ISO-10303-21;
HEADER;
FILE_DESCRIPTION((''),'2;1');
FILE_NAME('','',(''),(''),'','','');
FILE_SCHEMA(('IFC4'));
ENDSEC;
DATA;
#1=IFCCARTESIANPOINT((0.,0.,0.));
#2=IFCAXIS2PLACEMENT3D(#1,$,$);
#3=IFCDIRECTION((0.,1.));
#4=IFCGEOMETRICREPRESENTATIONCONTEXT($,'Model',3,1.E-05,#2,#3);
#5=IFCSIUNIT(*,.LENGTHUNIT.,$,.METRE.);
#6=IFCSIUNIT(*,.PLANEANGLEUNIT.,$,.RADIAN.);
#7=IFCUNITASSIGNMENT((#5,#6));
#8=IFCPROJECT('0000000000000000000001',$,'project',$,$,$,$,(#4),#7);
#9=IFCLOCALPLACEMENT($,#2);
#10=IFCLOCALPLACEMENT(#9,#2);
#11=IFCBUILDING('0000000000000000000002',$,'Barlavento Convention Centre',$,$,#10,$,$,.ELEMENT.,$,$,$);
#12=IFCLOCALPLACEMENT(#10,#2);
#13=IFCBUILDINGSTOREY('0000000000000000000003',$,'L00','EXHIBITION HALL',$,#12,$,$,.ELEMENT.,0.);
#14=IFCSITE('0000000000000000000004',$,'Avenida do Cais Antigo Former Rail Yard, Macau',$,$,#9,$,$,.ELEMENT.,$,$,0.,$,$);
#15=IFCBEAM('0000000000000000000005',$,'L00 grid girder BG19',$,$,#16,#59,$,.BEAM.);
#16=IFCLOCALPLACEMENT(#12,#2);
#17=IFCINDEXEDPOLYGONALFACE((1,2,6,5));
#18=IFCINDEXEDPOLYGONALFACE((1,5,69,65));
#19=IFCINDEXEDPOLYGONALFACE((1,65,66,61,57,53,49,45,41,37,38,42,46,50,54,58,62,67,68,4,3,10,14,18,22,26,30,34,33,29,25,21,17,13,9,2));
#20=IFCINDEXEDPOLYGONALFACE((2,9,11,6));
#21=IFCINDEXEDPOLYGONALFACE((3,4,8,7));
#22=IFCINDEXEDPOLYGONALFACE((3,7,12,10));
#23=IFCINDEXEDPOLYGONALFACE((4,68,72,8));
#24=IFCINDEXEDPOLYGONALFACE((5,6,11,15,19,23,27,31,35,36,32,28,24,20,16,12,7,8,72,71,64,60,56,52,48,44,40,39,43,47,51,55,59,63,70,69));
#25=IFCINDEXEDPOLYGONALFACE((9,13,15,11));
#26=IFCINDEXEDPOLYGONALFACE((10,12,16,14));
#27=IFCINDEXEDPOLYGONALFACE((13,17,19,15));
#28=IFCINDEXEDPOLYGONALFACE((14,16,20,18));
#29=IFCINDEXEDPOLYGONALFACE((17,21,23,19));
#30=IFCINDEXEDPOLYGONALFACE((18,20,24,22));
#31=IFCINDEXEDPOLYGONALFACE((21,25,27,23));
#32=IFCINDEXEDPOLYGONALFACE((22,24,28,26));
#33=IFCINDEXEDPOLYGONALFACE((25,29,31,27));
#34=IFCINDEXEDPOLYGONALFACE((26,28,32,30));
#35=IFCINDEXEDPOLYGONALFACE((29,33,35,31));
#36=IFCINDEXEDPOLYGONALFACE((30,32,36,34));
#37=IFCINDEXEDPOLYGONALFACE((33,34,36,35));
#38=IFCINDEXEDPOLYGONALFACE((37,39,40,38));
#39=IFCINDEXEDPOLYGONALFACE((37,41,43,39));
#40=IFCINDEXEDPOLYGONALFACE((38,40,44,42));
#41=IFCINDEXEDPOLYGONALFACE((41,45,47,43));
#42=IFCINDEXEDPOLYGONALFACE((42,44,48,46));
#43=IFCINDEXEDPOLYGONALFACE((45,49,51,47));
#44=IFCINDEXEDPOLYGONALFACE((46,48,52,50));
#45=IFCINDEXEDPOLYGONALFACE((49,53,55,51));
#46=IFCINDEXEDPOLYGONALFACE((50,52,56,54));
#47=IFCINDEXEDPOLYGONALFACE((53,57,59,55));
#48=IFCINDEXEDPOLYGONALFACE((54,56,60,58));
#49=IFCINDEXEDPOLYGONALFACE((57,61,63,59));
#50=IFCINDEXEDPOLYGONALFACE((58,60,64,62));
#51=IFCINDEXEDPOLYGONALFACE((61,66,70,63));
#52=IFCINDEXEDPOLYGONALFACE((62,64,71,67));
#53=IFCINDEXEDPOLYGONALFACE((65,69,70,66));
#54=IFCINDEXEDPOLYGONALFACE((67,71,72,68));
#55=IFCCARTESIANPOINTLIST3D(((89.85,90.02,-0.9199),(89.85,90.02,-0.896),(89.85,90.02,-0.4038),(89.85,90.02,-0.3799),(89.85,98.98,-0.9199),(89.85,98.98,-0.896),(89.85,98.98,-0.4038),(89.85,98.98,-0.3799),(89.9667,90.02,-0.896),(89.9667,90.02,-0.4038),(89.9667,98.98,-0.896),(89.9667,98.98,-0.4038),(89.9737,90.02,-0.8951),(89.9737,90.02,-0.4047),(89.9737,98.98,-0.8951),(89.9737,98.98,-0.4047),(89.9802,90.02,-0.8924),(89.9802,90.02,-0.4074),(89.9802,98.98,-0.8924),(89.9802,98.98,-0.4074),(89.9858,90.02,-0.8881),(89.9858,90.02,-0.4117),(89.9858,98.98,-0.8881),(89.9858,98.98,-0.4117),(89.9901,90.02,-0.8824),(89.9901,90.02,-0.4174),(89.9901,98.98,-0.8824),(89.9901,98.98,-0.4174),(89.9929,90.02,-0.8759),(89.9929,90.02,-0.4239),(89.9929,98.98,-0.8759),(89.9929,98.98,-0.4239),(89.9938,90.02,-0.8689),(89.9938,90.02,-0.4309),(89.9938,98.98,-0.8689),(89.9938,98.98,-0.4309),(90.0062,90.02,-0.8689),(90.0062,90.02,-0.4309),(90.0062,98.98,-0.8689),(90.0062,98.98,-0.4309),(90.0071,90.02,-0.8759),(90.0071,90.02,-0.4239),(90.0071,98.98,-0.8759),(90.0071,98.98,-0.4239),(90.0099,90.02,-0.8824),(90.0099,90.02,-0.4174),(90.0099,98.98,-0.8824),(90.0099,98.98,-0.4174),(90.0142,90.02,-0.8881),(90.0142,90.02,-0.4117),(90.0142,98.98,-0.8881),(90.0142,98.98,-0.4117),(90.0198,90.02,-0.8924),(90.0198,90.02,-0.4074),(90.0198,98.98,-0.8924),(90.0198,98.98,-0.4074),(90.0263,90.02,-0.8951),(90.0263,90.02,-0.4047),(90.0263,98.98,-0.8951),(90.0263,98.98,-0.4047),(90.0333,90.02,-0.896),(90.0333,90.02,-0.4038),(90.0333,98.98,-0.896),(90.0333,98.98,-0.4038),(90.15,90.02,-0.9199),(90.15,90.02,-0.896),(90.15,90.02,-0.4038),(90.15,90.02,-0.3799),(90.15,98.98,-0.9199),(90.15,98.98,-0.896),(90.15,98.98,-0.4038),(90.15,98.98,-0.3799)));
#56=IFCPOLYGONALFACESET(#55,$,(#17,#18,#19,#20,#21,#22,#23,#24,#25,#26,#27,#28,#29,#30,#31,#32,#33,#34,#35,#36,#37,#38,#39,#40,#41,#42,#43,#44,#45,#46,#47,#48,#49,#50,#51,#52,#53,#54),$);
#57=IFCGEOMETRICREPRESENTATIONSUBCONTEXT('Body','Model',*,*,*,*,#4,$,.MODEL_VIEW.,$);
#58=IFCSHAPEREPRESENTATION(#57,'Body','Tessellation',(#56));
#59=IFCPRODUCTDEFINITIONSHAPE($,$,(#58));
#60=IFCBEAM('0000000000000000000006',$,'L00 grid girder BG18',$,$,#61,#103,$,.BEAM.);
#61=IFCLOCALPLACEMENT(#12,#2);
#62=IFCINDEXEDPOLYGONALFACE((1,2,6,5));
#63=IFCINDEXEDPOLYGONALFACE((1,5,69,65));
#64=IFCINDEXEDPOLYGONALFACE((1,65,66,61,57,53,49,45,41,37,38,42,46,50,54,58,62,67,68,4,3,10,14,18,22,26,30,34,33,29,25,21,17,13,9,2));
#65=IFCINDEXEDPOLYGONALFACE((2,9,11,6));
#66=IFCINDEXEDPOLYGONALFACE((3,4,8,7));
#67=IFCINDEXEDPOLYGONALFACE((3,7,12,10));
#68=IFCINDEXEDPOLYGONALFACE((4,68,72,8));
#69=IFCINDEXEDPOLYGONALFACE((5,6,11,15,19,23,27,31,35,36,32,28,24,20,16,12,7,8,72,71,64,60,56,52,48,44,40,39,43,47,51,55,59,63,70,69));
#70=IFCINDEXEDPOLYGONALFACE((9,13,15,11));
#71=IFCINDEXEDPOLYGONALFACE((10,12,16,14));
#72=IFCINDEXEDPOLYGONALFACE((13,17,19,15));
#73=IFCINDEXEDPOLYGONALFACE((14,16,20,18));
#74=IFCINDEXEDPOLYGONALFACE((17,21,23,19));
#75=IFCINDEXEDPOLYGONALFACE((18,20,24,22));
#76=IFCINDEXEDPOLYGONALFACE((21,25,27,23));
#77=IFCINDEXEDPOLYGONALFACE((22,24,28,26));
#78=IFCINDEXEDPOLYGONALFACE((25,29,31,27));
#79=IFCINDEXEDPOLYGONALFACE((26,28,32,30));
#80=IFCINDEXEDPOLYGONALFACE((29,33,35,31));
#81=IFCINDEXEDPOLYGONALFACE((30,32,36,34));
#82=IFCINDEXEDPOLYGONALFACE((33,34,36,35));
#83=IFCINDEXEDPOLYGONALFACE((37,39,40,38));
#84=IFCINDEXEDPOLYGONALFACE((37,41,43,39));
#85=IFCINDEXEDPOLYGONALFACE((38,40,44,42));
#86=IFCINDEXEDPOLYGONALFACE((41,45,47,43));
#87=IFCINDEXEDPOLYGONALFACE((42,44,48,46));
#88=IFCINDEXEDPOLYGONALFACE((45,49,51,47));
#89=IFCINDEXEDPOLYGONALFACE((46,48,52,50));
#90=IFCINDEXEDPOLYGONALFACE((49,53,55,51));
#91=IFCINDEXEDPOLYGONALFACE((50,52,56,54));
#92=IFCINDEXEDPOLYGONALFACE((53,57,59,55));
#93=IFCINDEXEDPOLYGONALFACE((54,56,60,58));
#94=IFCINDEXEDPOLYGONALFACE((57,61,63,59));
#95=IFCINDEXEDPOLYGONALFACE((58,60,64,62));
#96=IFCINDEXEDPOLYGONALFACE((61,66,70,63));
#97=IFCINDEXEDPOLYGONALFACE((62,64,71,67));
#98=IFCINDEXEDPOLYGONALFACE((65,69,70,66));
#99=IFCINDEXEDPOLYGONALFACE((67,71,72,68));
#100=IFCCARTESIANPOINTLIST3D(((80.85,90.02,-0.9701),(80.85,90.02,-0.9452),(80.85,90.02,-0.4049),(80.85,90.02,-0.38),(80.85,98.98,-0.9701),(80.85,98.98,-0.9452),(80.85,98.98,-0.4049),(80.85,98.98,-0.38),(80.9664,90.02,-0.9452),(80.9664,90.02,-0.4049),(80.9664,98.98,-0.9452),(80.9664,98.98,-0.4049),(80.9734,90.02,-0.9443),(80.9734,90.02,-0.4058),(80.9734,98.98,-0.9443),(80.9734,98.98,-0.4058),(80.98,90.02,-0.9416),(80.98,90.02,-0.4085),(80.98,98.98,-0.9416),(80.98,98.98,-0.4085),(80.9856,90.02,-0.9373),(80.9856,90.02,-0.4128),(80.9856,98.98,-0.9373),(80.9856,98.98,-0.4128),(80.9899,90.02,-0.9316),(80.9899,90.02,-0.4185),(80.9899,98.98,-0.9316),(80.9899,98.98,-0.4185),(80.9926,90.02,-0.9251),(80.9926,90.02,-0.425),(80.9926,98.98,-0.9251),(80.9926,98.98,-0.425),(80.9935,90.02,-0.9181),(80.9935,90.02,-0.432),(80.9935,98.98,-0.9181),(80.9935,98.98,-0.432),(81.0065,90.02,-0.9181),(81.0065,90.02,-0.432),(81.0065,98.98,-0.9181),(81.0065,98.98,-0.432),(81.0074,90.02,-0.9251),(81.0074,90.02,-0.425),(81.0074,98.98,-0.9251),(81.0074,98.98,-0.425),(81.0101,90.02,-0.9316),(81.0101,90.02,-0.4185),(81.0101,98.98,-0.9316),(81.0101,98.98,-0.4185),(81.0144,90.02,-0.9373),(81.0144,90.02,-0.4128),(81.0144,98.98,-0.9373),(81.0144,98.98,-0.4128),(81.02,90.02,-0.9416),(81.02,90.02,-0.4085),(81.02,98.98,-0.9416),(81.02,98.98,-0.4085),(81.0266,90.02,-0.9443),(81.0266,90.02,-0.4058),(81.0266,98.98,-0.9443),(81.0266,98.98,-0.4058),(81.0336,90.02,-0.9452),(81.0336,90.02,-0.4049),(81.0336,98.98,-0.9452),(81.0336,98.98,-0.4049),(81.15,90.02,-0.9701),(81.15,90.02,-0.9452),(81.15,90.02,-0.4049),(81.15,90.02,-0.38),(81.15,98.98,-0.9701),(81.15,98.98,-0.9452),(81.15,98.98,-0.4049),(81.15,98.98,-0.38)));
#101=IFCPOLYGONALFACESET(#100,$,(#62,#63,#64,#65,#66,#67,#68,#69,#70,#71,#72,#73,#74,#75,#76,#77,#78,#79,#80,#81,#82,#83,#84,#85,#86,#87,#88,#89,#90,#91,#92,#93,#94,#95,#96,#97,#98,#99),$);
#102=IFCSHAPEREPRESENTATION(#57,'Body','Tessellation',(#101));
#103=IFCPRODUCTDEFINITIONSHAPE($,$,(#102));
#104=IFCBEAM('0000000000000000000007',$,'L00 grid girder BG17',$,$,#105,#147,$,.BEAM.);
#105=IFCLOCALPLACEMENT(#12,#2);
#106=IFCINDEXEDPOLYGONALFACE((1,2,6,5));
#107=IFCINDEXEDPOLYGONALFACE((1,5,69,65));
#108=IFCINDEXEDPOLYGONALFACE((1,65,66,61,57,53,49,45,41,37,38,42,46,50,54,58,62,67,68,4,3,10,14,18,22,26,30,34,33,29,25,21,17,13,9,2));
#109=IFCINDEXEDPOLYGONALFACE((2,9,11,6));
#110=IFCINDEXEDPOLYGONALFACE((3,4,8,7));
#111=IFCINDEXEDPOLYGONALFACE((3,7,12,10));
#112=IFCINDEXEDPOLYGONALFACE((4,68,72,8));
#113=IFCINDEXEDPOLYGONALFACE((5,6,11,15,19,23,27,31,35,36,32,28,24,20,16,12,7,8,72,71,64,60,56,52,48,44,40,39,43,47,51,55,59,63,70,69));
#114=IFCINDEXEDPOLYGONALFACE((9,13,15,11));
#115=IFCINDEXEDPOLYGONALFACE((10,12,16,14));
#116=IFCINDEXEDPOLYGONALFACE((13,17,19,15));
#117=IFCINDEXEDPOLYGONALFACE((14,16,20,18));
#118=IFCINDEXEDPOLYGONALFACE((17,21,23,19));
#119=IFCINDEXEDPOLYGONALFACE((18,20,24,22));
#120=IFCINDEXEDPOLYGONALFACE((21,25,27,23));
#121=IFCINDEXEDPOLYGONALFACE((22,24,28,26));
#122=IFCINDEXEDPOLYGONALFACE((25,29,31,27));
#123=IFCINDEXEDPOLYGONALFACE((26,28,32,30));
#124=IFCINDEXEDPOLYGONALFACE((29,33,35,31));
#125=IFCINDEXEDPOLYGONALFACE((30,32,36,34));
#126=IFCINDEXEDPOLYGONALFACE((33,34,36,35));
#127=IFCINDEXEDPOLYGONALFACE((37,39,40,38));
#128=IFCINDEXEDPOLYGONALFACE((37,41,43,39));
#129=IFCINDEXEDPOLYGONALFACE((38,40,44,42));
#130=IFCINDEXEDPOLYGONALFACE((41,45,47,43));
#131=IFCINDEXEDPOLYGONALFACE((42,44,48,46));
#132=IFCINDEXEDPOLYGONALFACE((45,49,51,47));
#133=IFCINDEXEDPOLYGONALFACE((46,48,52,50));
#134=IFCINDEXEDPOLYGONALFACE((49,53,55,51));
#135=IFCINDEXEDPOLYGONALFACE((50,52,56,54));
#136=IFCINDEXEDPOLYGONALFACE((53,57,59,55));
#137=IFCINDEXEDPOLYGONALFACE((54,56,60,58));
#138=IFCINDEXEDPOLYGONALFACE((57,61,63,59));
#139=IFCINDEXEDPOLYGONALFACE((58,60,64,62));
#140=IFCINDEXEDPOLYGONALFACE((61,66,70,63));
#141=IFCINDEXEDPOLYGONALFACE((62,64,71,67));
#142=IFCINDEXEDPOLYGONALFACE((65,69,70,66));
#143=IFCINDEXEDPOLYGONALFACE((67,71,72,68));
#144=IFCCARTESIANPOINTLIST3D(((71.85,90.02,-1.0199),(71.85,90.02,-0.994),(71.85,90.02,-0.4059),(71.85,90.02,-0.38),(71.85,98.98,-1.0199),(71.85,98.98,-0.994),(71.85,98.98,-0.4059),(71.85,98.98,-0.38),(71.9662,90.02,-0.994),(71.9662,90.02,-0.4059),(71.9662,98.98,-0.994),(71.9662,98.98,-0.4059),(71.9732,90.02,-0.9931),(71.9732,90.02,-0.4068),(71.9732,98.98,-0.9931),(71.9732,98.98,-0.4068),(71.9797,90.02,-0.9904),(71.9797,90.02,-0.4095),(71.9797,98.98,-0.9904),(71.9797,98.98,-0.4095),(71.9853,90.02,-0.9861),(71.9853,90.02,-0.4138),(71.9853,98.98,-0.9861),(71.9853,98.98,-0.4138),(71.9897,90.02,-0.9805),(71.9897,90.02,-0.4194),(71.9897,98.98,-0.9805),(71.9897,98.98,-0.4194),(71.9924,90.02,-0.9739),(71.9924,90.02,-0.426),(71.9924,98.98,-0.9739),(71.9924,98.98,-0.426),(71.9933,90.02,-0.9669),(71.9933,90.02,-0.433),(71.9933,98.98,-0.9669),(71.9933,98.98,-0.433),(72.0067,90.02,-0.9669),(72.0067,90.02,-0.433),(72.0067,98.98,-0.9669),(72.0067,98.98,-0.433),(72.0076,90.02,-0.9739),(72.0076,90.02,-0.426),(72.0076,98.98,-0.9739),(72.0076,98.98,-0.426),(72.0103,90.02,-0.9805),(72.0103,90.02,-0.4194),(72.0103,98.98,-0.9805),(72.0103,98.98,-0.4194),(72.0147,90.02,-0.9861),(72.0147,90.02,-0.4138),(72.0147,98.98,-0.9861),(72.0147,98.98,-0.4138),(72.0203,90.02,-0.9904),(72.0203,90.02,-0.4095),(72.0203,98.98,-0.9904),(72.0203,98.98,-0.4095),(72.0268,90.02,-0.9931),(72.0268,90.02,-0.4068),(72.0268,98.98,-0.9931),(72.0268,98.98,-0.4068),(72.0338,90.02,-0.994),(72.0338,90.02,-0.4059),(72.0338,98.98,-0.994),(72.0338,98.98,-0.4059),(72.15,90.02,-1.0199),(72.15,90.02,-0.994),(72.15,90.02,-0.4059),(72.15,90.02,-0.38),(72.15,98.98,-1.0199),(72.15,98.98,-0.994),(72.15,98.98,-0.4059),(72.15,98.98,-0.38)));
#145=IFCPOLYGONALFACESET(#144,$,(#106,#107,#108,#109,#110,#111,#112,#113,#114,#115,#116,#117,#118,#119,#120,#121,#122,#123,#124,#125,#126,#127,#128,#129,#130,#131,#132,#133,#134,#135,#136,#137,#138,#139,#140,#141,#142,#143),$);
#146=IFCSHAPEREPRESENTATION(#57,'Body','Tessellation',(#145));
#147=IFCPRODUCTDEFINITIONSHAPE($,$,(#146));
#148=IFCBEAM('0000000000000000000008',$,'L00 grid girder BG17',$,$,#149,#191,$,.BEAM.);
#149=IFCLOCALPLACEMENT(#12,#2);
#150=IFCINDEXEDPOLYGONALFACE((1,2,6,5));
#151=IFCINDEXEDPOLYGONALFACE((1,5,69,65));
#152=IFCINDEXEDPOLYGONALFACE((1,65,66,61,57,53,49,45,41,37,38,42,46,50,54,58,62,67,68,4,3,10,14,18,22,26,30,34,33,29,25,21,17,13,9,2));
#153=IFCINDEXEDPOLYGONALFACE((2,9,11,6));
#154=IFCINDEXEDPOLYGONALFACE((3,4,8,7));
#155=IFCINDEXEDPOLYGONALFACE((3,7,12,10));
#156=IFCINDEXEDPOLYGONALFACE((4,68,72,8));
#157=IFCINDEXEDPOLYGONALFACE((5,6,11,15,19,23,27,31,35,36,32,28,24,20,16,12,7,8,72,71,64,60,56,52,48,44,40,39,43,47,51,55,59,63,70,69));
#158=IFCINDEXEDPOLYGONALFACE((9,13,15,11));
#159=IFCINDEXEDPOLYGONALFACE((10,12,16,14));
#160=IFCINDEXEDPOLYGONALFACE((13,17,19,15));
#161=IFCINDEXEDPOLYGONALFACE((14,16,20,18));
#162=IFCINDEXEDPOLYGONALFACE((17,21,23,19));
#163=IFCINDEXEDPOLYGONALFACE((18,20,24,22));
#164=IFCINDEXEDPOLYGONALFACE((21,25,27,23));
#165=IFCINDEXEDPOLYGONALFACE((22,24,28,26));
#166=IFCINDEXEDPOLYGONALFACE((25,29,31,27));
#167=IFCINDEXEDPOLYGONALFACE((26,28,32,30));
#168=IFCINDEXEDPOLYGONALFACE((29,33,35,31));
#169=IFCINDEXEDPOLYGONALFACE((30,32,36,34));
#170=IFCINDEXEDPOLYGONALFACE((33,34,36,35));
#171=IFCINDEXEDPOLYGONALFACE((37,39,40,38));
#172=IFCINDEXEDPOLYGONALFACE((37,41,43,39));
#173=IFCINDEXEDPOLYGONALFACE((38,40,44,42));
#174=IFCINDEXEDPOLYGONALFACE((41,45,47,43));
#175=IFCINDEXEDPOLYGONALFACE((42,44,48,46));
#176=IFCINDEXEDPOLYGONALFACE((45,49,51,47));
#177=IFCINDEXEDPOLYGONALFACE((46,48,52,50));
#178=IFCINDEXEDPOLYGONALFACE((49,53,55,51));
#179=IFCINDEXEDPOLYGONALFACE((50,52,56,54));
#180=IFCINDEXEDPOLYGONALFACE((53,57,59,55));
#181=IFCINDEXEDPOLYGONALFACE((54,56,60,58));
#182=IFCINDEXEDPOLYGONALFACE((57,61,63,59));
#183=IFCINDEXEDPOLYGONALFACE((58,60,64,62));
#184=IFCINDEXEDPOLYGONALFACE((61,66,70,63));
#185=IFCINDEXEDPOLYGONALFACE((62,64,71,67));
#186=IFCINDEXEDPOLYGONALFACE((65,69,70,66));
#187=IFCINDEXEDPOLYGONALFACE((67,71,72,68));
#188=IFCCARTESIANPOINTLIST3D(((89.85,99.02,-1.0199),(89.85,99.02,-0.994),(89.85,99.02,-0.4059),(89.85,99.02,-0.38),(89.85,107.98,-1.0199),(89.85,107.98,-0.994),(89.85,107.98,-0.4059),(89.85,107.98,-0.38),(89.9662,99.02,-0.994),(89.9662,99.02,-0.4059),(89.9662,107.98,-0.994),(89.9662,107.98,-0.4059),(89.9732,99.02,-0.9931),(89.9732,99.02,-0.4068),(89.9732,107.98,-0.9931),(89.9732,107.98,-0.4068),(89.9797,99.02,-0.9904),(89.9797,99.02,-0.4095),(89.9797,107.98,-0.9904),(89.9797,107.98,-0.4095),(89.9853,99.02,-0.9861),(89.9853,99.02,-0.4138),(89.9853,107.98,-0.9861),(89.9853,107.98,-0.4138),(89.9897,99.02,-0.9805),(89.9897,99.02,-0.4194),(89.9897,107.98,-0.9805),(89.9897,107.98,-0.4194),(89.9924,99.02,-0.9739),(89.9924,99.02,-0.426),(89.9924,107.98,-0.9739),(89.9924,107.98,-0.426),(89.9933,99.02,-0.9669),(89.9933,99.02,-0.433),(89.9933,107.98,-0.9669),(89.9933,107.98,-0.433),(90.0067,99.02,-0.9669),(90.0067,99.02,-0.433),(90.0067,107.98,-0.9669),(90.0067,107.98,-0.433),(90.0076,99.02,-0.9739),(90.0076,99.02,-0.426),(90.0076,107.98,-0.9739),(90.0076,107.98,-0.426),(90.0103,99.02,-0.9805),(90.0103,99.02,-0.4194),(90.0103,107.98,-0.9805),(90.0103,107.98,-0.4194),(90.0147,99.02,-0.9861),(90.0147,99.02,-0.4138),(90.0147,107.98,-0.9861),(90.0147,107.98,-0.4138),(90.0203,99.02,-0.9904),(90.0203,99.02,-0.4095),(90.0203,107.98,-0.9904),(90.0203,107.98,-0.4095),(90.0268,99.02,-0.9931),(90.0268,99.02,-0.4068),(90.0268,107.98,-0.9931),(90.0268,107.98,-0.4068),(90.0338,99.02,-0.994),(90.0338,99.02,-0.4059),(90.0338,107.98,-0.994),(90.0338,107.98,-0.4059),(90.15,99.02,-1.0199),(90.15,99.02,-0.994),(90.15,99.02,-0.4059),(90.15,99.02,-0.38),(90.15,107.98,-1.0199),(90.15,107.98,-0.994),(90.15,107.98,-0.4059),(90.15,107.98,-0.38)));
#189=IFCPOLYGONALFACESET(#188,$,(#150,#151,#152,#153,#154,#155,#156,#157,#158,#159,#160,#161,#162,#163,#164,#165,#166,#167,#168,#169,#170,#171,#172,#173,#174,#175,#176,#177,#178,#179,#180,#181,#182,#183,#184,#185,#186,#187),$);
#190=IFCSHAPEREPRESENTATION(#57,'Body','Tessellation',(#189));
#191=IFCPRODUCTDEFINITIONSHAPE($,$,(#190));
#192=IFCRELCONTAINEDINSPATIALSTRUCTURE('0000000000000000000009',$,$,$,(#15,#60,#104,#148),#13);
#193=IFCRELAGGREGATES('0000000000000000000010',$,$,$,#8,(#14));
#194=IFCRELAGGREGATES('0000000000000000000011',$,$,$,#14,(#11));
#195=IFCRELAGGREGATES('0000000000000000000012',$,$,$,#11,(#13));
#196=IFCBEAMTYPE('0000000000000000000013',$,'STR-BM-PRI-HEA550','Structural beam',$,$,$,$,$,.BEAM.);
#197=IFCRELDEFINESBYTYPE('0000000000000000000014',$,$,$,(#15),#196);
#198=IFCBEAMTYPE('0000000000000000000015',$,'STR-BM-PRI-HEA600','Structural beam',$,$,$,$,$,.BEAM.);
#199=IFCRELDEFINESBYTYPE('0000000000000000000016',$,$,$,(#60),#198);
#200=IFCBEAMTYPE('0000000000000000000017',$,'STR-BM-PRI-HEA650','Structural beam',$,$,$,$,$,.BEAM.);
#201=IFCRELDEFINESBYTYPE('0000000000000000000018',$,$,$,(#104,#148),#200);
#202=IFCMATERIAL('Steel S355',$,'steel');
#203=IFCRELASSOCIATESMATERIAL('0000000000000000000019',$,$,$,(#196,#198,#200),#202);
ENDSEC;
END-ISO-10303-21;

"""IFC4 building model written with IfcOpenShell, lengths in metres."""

from ifc_helpers import new_model, si_unit, direction, frame, origin, origin_2d, place, context, subcontext, project, spatial, i_section, extrude, material, material_profile, profile_set, type_object, element, save


model = new_model("IFC4")

# Units and contexts
model_context = context("Model", 3, precision=1e-05, world=origin(), true_north=direction((0.0, 1.0)))
body_context = subcontext(model_context, "Body", "Model", "MODEL_VIEW")
ifc_project = project(units=[si_unit("LENGTHUNIT", "METRE"), si_unit("PLANEANGLEUNIT", "RADIAN")], contexts=[model_context])

# Site, building, storey
site_placement = place(None, origin())
site = spatial("IfcSite", under=ifc_project, at=site_placement, Name="Avenida do Cais Antigo Former Rail Yard, Macau", CompositionType="ELEMENT", RefElevation=0.0)
building_placement = place(site_placement, origin())
building = spatial("IfcBuilding", under=site, at=building_placement, Name="Barlavento Convention Centre", CompositionType="ELEMENT")
storey_placement = place(building_placement, origin())
storey = spatial("IfcBuildingStorey", under=building, at=storey_placement, Name="L00", Description="EXHIBITION HALL", CompositionType="ELEMENT", Elevation=0.0)

# Beams
ifc_material = material(Name="Steel S355", Category="steel")
ifc_material_profile_1 = material_profile(ifc_material, i_section(OverallWidth=0.3, OverallDepth=0.54, WebThickness=0.0125, FlangeThickness=0.0239, FilletRadius=0.0271, at=origin_2d()), Name="HEA 550")
ifc_profile_set_1 = profile_set([ifc_material_profile_1], Name="Steel S355")
beam_type_1 = type_object("IfcBeamType", Name="STR-BM-PRI-HEA550", Description="Structural beam", PredefinedType="BEAM", material=ifc_profile_set_1)
for number, where, z_axis, x_axis, name in (
    (1, (90.0, 90.02, -0.6499), (0.0, 1.0, 0.0), (-1.0, 0.0, 0.0), "L00 grid girder BG19"),
):
    element("IfcBeam", number, at=place(storey_placement, frame(where, z_axis=z_axis, x_axis=x_axis)), inside=storey, type_object=beam_type_1, Name=name, PredefinedType="BEAM", context=body_context, shape_type="SweptSolid", body=[
        extrude(i_section(OverallWidth=0.3, OverallDepth=0.54, WebThickness=0.0125, FlangeThickness=0.0239, FilletRadius=0.0271, at=origin_2d()), origin(), (0.0, 0.0, 1.0), 8.96),
    ])
ifc_material_profile_2 = material_profile(ifc_material, i_section(OverallWidth=0.3, OverallDepth=0.5901, WebThickness=0.0129, FlangeThickness=0.0249, FilletRadius=0.0271, at=origin_2d()), Name="HEA 600")
ifc_profile_set_2 = profile_set([ifc_material_profile_2], Name="Steel S355")
beam_type_2 = type_object("IfcBeamType", Name="STR-BM-PRI-HEA600", Description="Structural beam", PredefinedType="BEAM", material=ifc_profile_set_2)
beam_1_placement = place(storey_placement, frame((81.0, 90.02, -0.675), z_axis=(0.0, 1.0, 0.0), x_axis=(-1.0, 0.0, 0.0)))
element("IfcBeam", 2, at=beam_1_placement, inside=storey, type_object=beam_type_2, Name="L00 grid girder BG18", PredefinedType="BEAM", context=body_context, shape_type="SweptSolid", body=[
    extrude(i_section(OverallWidth=0.3, OverallDepth=0.5901, WebThickness=0.0129, FlangeThickness=0.0249, FilletRadius=0.0271, at=origin_2d()), origin(), (0.0, 0.0, 1.0), 8.96),
])
ifc_material_profile_3 = material_profile(ifc_material, i_section(OverallWidth=0.3, OverallDepth=0.6399, WebThickness=0.0134, FlangeThickness=0.0259, FilletRadius=0.0271, at=origin_2d()), Name="HEA 650")
ifc_profile_set_3 = profile_set([ifc_material_profile_3], Name="Steel S355")
beam_type_3 = type_object("IfcBeamType", Name="STR-BM-PRI-HEA650", Description="Structural beam", PredefinedType="BEAM", material=ifc_profile_set_3)
for number, where, z_axis, x_axis, name in (
    (3, (72.0, 90.02, -0.7), (0.0, 1.0, 0.0), (-1.0, 0.0, 0.0), "L00 grid girder BG17"),
    (4, (90.0, 99.02, -0.7), (0.0, 1.0, 0.0), (-1.0, 0.0, 0.0), "L00 grid girder BG17"),
):
    element("IfcBeam", number, at=place(storey_placement, frame(where, z_axis=z_axis, x_axis=x_axis)), inside=storey, type_object=beam_type_3, Name=name, PredefinedType="BEAM", context=body_context, shape_type="SweptSolid", body=[
        extrude(i_section(OverallWidth=0.3, OverallDepth=0.6399, WebThickness=0.0134, FlangeThickness=0.0259, FilletRadius=0.0271, at=origin_2d()), origin(), (0.0, 0.0, 1.0), 8.96),
    ])

save(model, "model.ifc")
